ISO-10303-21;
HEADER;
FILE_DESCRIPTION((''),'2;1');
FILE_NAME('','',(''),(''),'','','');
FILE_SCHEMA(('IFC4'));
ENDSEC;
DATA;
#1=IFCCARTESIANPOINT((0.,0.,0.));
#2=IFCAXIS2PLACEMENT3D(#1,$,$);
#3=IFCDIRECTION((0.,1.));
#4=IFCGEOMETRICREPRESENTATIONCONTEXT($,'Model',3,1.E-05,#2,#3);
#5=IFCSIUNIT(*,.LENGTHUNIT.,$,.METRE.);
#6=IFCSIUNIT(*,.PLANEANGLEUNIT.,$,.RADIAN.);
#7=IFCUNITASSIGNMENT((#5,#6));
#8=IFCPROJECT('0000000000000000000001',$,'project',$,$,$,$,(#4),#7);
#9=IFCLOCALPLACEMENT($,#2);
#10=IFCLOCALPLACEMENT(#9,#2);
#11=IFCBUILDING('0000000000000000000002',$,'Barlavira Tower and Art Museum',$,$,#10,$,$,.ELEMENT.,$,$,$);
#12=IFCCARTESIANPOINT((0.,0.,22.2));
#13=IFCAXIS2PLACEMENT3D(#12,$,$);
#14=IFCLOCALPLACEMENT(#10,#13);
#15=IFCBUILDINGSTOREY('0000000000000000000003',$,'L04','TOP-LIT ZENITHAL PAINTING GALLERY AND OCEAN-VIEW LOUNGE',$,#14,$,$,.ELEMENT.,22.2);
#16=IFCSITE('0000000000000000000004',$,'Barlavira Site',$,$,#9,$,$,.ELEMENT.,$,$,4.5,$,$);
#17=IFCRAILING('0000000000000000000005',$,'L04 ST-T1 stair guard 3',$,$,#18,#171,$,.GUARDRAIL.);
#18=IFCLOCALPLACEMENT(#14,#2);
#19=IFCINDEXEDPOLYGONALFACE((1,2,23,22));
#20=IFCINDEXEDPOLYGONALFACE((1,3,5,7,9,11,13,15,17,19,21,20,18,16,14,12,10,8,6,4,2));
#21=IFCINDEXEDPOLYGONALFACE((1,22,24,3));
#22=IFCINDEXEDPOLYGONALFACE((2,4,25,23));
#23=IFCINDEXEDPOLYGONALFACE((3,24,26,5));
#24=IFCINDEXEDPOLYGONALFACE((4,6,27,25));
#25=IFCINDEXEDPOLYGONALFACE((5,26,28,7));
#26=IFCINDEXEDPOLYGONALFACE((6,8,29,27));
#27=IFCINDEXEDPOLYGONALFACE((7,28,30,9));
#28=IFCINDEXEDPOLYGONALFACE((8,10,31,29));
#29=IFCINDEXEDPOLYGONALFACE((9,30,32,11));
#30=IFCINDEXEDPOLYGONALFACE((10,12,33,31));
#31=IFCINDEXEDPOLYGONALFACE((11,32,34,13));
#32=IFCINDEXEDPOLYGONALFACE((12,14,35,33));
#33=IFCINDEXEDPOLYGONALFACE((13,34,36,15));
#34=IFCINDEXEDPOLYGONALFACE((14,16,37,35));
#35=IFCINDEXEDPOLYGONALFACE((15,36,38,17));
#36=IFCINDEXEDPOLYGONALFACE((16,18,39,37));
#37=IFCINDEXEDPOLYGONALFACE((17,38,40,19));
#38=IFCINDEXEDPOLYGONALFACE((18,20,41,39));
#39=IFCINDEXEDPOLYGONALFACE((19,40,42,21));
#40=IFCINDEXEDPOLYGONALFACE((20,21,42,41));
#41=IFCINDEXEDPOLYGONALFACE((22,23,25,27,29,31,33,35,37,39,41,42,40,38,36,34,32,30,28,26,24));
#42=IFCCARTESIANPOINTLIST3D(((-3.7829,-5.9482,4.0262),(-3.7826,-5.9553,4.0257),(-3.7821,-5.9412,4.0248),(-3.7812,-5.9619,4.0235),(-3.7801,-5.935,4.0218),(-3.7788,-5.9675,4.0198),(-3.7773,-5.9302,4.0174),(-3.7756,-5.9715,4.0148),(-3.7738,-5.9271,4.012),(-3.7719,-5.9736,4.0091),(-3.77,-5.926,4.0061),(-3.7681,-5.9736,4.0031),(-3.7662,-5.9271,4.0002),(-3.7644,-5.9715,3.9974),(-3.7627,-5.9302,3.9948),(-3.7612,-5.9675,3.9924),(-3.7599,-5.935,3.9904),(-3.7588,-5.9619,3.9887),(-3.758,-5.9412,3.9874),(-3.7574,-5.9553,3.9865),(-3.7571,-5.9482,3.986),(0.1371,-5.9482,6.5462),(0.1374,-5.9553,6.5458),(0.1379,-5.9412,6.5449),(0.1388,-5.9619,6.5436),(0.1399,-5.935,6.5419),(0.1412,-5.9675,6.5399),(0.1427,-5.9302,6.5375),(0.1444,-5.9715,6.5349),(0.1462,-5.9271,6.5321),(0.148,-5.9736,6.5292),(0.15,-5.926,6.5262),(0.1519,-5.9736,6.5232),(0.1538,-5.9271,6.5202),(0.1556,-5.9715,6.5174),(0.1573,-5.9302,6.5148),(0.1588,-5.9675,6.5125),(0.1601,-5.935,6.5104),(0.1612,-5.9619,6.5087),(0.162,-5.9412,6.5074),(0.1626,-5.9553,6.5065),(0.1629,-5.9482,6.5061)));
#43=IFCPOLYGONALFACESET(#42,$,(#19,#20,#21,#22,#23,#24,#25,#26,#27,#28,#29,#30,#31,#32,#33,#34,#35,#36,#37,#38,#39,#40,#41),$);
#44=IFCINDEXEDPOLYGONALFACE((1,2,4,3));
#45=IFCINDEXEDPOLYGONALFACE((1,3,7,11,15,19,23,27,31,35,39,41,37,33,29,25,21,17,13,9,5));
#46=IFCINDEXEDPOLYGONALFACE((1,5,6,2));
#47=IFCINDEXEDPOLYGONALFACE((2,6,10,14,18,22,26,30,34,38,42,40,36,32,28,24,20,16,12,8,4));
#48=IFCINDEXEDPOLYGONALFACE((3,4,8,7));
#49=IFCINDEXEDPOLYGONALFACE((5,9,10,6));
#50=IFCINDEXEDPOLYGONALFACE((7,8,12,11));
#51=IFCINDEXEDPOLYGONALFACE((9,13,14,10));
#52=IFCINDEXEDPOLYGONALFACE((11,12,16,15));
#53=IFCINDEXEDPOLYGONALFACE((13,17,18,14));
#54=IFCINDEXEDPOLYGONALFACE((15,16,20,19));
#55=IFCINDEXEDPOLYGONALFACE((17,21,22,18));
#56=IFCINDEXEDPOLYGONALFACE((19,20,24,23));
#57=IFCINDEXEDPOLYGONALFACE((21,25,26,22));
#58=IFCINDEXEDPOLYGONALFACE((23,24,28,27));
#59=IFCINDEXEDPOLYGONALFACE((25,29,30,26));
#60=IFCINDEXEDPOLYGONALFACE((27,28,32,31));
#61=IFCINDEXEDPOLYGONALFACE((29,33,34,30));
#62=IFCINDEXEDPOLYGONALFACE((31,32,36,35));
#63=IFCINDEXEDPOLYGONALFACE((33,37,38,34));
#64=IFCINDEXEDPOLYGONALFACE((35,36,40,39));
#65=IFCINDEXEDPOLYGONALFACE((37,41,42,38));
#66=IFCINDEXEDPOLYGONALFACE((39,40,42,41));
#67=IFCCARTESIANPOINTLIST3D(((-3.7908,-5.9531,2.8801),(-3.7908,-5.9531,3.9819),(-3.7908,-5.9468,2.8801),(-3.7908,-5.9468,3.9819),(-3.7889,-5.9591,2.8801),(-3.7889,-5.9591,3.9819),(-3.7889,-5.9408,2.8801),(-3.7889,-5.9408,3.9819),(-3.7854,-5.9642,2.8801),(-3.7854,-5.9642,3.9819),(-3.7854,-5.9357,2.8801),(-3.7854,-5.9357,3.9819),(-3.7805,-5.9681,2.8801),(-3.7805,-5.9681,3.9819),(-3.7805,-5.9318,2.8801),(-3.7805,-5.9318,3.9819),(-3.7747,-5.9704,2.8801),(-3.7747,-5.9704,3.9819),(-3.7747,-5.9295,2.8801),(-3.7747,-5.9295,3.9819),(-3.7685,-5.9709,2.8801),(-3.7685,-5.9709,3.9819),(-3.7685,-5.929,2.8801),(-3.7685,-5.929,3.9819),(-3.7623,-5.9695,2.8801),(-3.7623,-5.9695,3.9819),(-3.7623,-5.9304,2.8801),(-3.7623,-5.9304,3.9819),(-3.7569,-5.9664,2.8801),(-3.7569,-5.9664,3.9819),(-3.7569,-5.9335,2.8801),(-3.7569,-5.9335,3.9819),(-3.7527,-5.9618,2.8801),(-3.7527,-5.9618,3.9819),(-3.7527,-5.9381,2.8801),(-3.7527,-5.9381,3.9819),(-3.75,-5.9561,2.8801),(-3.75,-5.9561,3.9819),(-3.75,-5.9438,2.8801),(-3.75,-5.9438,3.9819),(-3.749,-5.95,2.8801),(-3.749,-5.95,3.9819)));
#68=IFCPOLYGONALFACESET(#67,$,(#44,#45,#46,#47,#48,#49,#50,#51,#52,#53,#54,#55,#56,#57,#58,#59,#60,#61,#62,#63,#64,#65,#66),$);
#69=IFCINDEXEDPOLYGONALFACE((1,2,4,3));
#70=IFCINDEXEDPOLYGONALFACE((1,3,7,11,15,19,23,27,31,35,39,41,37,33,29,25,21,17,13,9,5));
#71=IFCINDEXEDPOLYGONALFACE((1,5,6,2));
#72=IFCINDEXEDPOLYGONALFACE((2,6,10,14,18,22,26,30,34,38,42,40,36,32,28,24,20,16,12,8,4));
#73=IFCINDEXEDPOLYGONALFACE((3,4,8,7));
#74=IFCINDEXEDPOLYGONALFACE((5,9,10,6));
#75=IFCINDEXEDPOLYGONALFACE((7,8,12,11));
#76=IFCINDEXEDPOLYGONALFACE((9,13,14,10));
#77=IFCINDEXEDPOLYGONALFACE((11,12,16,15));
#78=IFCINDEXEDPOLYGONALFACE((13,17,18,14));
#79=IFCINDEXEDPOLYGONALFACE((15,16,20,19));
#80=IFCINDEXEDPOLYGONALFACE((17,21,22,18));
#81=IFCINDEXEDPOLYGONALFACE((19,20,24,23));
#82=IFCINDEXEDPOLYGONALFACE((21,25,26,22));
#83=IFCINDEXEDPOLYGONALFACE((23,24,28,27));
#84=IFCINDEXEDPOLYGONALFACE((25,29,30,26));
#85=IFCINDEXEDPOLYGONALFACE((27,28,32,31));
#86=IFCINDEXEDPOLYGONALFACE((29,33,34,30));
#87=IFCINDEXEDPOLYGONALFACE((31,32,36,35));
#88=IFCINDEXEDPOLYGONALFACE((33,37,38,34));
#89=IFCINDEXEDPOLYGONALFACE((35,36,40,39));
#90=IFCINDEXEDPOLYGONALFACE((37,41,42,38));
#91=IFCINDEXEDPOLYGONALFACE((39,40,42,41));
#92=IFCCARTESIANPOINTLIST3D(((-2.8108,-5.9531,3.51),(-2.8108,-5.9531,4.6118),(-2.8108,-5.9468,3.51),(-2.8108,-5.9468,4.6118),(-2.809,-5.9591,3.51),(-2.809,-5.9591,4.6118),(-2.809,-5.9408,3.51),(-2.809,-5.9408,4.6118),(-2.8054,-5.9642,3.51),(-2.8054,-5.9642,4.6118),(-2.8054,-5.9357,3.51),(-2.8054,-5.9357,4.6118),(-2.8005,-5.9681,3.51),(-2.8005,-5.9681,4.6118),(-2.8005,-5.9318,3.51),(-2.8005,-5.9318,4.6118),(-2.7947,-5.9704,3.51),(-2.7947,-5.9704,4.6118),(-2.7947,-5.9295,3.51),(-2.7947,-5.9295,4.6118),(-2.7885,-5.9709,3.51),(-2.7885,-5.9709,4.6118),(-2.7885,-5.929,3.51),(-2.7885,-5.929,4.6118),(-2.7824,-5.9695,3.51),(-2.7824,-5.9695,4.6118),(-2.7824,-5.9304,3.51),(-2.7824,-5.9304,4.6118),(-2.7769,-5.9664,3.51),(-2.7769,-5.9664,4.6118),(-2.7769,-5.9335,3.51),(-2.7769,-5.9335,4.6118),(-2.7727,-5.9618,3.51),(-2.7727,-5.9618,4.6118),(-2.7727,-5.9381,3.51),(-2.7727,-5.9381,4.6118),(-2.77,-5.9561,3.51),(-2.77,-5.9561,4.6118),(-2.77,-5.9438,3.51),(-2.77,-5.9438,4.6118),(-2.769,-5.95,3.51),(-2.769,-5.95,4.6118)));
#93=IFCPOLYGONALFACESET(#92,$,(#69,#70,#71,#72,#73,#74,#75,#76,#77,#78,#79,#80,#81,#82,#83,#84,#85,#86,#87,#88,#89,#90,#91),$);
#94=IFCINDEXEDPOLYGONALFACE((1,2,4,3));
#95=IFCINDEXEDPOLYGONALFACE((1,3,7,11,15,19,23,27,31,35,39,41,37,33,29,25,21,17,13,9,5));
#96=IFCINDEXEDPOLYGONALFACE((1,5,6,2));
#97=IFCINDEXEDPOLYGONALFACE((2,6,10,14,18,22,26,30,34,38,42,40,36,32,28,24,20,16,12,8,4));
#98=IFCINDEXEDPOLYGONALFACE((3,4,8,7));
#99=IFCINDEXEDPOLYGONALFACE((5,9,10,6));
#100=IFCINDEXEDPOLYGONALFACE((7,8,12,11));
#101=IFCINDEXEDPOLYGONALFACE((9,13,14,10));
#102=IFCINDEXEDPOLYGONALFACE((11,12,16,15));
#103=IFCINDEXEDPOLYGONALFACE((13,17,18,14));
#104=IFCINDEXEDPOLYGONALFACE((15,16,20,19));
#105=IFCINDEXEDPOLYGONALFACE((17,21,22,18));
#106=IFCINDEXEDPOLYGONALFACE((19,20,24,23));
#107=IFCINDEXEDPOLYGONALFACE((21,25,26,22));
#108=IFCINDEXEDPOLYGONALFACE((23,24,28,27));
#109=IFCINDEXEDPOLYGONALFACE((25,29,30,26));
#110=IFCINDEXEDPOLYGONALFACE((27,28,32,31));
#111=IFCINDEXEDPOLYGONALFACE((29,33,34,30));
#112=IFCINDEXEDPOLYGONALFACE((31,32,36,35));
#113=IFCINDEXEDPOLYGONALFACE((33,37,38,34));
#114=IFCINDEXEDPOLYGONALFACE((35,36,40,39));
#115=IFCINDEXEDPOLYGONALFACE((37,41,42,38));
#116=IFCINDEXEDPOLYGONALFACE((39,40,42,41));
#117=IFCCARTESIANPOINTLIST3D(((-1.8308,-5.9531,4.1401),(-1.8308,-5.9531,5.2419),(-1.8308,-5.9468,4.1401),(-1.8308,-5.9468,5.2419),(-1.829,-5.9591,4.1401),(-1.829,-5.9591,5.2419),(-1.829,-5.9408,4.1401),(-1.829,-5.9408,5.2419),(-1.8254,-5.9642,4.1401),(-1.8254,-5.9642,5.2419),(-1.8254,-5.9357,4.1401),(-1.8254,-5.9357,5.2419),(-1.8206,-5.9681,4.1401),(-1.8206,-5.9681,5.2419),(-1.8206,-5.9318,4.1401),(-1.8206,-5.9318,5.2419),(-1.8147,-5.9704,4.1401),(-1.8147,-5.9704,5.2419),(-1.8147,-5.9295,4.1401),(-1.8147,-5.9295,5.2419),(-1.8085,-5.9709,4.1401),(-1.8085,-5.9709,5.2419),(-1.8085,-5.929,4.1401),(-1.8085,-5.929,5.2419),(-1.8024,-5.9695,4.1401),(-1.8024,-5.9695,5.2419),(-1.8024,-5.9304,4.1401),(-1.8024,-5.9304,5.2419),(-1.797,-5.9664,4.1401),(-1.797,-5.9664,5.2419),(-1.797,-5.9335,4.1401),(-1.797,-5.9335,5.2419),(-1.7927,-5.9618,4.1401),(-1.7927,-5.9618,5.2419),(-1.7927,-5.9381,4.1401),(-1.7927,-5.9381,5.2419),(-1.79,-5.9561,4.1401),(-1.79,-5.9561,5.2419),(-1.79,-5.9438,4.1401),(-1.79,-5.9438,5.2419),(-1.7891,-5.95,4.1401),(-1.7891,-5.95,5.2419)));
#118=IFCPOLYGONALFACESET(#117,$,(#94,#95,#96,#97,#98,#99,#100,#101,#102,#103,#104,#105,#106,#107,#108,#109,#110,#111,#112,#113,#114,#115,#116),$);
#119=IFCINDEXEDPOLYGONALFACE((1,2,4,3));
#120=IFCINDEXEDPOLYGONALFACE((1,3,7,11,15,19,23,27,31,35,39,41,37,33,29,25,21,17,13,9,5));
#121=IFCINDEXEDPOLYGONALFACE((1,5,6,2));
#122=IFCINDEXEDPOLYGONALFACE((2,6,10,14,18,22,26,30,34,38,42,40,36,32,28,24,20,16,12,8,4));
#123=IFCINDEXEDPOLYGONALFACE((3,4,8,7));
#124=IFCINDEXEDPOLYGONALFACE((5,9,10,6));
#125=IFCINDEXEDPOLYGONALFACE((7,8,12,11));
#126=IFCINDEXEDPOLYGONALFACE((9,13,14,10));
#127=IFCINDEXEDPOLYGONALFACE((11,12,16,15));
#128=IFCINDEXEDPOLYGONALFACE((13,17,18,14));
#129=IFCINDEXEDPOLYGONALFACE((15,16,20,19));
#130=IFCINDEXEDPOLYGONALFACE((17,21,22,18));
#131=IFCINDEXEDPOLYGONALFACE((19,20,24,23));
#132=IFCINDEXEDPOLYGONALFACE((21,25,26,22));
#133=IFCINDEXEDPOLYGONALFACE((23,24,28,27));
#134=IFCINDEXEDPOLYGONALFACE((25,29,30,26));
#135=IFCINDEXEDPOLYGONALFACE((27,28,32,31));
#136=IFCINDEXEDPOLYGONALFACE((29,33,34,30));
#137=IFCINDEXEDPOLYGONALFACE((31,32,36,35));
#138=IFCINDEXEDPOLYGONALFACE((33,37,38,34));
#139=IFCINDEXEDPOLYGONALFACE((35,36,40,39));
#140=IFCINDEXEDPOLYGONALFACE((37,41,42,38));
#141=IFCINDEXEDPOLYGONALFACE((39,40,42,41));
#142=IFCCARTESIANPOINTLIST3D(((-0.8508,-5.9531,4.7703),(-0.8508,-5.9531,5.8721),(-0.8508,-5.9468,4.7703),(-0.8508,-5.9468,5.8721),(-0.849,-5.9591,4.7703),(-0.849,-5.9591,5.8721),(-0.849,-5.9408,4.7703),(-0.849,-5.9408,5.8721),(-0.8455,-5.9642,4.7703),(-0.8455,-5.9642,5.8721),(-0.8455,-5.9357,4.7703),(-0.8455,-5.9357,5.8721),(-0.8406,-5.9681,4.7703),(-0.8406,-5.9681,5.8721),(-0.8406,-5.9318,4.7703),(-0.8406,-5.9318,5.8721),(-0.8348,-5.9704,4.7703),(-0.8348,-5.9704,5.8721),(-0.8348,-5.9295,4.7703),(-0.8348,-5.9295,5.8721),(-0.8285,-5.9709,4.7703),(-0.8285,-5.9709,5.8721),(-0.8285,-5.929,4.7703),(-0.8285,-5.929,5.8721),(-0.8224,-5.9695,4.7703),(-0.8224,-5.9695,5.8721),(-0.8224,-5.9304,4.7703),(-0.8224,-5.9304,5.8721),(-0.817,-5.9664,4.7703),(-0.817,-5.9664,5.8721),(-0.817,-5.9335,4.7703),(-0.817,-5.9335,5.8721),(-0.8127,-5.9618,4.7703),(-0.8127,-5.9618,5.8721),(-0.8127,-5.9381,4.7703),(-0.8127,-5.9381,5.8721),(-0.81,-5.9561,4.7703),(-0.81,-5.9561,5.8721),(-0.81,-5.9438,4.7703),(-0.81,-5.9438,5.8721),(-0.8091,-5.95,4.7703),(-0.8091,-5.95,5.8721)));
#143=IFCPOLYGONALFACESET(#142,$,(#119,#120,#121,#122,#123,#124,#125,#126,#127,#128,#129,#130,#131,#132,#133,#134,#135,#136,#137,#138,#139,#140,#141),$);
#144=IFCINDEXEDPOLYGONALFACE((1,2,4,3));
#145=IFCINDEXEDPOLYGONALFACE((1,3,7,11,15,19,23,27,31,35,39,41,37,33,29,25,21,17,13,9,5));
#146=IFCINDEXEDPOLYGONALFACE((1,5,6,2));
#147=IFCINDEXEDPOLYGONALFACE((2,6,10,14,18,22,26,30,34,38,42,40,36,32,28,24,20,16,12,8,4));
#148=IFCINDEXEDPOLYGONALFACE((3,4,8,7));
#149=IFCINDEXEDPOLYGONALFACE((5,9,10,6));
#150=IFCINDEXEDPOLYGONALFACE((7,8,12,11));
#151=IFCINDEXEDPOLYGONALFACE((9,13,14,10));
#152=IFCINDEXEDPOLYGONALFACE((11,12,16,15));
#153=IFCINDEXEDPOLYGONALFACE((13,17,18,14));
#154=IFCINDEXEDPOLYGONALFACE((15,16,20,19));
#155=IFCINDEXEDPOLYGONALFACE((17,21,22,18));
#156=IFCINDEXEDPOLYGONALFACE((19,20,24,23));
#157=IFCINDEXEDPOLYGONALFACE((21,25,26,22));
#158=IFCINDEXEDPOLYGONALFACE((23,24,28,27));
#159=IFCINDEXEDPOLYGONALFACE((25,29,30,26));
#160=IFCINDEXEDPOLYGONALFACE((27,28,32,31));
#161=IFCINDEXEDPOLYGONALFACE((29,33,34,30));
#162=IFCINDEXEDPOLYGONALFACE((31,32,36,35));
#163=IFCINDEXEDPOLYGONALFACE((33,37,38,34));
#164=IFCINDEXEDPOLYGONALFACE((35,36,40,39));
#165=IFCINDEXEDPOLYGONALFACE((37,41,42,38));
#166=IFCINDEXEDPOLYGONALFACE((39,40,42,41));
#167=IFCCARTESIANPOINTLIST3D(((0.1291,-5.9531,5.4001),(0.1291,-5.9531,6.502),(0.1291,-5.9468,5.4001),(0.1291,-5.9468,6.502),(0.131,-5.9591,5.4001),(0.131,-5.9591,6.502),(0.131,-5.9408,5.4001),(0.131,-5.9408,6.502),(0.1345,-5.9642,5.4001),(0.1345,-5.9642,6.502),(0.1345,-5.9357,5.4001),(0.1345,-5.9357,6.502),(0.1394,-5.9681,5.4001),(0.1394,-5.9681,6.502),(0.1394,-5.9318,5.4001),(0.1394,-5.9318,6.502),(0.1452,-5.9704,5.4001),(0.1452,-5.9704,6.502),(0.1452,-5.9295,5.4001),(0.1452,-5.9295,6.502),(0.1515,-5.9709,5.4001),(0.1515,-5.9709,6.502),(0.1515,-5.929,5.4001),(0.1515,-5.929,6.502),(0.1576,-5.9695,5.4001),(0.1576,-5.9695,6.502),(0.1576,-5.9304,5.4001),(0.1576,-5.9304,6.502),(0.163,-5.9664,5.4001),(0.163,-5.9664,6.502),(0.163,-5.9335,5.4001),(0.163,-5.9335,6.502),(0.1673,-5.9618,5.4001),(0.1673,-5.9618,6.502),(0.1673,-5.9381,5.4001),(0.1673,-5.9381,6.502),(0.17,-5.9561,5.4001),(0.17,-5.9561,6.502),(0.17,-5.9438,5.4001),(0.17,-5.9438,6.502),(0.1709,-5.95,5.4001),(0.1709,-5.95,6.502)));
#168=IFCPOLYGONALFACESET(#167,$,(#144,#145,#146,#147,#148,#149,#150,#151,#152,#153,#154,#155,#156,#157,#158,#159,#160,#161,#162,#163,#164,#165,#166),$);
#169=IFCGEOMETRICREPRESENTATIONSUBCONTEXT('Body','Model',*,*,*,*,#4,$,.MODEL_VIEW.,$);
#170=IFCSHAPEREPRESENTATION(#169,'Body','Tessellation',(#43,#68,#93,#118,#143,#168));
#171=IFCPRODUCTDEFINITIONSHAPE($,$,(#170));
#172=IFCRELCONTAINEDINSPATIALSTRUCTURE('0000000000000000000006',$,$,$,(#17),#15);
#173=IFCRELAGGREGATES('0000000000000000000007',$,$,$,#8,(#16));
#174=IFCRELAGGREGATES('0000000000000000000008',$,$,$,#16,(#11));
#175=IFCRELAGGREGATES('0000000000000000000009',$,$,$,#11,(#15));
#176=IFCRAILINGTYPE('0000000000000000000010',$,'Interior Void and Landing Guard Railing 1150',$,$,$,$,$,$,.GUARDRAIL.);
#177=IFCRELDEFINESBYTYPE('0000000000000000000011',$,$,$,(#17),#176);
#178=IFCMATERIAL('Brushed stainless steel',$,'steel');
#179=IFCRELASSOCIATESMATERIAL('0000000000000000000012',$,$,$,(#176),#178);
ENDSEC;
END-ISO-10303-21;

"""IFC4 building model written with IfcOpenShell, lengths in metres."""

from ifc_helpers import new_model, si_unit, direction, frame, origin, origin_2d, place, context, subcontext, project, spatial, circle, extrude, material, type_object, element, save


model = new_model("IFC4")

# Units and contexts
model_context = context("Model", 3, precision=1e-05, world=origin(), true_north=direction((0.0, 1.0)))
body_context = subcontext(model_context, "Body", "Model", "MODEL_VIEW")
ifc_project = project(units=[si_unit("LENGTHUNIT", "METRE"), si_unit("PLANEANGLEUNIT", "RADIAN")], contexts=[model_context])

# Site, building, storey
site_placement = place(None, origin())
site = spatial("IfcSite", under=ifc_project, at=site_placement, Name="Barlavira Site", CompositionType="ELEMENT", RefElevation=4.5)
building_placement = place(site_placement, origin())
building = spatial("IfcBuilding", under=site, at=building_placement, Name="Barlavira Tower and Art Museum", CompositionType="ELEMENT")
storey_placement = place(building_placement, frame((0.0, 0.0, 22.2)))
storey = spatial("IfcBuildingStorey", under=building, at=storey_placement, Name="L04", Description="TOP-LIT ZENITHAL PAINTING GALLERY AND OCEAN-VIEW LOUNGE", CompositionType="ELEMENT", Elevation=22.2)

# Shared definitions
ifc_material_1 = material(Name="Brushed stainless steel", Category="steel")

# Railing
railing_type_1 = type_object("IfcRailingType", Name="Interior Void and Landing Guard Railing 1150", PredefinedType="GUARDRAIL", material=ifc_material_1)
railing_1_placement = place(storey_placement, frame((-3.77, -5.95, 2.8801)))
element("IfcRailing", 1, at=railing_1_placement, inside=storey, type_object=railing_type_1, Name="L04 ST-T1 stair guard 3", PredefinedType="GUARDRAIL", context=body_context, shape_type="SweptSolid", body=[
    extrude(circle(Radius=0.0239, at=origin_2d()), frame((0.0, 0.0, 1.126), z_axis=(0.841172, 0.0, 0.540768), x_axis=(0.0, 1.0, 0.0)), (0.0, 0.0, 1.0), 4.6602),
    extrude(circle(Radius=0.021, at=origin_2d()), origin(), (0.0, 0.0, 1.0), 1.1018),
    extrude(circle(Radius=0.021, at=origin_2d()), frame((0.98, 0.0, 0.6299)), (0.0, 0.0, 1.0), 1.1018),
    extrude(circle(Radius=0.021, at=origin_2d()), frame((1.96, 0.0, 1.26)), (0.0, 0.0, 1.0), 1.1018),
    extrude(circle(Radius=0.021, at=origin_2d()), frame((2.9399, 0.0, 1.8901)), (0.0, 0.0, 1.0), 1.1018),
    extrude(circle(Radius=0.021, at=origin_2d()), frame((3.9199, 0.0, 2.52)), (0.0, 0.0, 1.0), 1.1018),
])

save(model, "model.ifc")
